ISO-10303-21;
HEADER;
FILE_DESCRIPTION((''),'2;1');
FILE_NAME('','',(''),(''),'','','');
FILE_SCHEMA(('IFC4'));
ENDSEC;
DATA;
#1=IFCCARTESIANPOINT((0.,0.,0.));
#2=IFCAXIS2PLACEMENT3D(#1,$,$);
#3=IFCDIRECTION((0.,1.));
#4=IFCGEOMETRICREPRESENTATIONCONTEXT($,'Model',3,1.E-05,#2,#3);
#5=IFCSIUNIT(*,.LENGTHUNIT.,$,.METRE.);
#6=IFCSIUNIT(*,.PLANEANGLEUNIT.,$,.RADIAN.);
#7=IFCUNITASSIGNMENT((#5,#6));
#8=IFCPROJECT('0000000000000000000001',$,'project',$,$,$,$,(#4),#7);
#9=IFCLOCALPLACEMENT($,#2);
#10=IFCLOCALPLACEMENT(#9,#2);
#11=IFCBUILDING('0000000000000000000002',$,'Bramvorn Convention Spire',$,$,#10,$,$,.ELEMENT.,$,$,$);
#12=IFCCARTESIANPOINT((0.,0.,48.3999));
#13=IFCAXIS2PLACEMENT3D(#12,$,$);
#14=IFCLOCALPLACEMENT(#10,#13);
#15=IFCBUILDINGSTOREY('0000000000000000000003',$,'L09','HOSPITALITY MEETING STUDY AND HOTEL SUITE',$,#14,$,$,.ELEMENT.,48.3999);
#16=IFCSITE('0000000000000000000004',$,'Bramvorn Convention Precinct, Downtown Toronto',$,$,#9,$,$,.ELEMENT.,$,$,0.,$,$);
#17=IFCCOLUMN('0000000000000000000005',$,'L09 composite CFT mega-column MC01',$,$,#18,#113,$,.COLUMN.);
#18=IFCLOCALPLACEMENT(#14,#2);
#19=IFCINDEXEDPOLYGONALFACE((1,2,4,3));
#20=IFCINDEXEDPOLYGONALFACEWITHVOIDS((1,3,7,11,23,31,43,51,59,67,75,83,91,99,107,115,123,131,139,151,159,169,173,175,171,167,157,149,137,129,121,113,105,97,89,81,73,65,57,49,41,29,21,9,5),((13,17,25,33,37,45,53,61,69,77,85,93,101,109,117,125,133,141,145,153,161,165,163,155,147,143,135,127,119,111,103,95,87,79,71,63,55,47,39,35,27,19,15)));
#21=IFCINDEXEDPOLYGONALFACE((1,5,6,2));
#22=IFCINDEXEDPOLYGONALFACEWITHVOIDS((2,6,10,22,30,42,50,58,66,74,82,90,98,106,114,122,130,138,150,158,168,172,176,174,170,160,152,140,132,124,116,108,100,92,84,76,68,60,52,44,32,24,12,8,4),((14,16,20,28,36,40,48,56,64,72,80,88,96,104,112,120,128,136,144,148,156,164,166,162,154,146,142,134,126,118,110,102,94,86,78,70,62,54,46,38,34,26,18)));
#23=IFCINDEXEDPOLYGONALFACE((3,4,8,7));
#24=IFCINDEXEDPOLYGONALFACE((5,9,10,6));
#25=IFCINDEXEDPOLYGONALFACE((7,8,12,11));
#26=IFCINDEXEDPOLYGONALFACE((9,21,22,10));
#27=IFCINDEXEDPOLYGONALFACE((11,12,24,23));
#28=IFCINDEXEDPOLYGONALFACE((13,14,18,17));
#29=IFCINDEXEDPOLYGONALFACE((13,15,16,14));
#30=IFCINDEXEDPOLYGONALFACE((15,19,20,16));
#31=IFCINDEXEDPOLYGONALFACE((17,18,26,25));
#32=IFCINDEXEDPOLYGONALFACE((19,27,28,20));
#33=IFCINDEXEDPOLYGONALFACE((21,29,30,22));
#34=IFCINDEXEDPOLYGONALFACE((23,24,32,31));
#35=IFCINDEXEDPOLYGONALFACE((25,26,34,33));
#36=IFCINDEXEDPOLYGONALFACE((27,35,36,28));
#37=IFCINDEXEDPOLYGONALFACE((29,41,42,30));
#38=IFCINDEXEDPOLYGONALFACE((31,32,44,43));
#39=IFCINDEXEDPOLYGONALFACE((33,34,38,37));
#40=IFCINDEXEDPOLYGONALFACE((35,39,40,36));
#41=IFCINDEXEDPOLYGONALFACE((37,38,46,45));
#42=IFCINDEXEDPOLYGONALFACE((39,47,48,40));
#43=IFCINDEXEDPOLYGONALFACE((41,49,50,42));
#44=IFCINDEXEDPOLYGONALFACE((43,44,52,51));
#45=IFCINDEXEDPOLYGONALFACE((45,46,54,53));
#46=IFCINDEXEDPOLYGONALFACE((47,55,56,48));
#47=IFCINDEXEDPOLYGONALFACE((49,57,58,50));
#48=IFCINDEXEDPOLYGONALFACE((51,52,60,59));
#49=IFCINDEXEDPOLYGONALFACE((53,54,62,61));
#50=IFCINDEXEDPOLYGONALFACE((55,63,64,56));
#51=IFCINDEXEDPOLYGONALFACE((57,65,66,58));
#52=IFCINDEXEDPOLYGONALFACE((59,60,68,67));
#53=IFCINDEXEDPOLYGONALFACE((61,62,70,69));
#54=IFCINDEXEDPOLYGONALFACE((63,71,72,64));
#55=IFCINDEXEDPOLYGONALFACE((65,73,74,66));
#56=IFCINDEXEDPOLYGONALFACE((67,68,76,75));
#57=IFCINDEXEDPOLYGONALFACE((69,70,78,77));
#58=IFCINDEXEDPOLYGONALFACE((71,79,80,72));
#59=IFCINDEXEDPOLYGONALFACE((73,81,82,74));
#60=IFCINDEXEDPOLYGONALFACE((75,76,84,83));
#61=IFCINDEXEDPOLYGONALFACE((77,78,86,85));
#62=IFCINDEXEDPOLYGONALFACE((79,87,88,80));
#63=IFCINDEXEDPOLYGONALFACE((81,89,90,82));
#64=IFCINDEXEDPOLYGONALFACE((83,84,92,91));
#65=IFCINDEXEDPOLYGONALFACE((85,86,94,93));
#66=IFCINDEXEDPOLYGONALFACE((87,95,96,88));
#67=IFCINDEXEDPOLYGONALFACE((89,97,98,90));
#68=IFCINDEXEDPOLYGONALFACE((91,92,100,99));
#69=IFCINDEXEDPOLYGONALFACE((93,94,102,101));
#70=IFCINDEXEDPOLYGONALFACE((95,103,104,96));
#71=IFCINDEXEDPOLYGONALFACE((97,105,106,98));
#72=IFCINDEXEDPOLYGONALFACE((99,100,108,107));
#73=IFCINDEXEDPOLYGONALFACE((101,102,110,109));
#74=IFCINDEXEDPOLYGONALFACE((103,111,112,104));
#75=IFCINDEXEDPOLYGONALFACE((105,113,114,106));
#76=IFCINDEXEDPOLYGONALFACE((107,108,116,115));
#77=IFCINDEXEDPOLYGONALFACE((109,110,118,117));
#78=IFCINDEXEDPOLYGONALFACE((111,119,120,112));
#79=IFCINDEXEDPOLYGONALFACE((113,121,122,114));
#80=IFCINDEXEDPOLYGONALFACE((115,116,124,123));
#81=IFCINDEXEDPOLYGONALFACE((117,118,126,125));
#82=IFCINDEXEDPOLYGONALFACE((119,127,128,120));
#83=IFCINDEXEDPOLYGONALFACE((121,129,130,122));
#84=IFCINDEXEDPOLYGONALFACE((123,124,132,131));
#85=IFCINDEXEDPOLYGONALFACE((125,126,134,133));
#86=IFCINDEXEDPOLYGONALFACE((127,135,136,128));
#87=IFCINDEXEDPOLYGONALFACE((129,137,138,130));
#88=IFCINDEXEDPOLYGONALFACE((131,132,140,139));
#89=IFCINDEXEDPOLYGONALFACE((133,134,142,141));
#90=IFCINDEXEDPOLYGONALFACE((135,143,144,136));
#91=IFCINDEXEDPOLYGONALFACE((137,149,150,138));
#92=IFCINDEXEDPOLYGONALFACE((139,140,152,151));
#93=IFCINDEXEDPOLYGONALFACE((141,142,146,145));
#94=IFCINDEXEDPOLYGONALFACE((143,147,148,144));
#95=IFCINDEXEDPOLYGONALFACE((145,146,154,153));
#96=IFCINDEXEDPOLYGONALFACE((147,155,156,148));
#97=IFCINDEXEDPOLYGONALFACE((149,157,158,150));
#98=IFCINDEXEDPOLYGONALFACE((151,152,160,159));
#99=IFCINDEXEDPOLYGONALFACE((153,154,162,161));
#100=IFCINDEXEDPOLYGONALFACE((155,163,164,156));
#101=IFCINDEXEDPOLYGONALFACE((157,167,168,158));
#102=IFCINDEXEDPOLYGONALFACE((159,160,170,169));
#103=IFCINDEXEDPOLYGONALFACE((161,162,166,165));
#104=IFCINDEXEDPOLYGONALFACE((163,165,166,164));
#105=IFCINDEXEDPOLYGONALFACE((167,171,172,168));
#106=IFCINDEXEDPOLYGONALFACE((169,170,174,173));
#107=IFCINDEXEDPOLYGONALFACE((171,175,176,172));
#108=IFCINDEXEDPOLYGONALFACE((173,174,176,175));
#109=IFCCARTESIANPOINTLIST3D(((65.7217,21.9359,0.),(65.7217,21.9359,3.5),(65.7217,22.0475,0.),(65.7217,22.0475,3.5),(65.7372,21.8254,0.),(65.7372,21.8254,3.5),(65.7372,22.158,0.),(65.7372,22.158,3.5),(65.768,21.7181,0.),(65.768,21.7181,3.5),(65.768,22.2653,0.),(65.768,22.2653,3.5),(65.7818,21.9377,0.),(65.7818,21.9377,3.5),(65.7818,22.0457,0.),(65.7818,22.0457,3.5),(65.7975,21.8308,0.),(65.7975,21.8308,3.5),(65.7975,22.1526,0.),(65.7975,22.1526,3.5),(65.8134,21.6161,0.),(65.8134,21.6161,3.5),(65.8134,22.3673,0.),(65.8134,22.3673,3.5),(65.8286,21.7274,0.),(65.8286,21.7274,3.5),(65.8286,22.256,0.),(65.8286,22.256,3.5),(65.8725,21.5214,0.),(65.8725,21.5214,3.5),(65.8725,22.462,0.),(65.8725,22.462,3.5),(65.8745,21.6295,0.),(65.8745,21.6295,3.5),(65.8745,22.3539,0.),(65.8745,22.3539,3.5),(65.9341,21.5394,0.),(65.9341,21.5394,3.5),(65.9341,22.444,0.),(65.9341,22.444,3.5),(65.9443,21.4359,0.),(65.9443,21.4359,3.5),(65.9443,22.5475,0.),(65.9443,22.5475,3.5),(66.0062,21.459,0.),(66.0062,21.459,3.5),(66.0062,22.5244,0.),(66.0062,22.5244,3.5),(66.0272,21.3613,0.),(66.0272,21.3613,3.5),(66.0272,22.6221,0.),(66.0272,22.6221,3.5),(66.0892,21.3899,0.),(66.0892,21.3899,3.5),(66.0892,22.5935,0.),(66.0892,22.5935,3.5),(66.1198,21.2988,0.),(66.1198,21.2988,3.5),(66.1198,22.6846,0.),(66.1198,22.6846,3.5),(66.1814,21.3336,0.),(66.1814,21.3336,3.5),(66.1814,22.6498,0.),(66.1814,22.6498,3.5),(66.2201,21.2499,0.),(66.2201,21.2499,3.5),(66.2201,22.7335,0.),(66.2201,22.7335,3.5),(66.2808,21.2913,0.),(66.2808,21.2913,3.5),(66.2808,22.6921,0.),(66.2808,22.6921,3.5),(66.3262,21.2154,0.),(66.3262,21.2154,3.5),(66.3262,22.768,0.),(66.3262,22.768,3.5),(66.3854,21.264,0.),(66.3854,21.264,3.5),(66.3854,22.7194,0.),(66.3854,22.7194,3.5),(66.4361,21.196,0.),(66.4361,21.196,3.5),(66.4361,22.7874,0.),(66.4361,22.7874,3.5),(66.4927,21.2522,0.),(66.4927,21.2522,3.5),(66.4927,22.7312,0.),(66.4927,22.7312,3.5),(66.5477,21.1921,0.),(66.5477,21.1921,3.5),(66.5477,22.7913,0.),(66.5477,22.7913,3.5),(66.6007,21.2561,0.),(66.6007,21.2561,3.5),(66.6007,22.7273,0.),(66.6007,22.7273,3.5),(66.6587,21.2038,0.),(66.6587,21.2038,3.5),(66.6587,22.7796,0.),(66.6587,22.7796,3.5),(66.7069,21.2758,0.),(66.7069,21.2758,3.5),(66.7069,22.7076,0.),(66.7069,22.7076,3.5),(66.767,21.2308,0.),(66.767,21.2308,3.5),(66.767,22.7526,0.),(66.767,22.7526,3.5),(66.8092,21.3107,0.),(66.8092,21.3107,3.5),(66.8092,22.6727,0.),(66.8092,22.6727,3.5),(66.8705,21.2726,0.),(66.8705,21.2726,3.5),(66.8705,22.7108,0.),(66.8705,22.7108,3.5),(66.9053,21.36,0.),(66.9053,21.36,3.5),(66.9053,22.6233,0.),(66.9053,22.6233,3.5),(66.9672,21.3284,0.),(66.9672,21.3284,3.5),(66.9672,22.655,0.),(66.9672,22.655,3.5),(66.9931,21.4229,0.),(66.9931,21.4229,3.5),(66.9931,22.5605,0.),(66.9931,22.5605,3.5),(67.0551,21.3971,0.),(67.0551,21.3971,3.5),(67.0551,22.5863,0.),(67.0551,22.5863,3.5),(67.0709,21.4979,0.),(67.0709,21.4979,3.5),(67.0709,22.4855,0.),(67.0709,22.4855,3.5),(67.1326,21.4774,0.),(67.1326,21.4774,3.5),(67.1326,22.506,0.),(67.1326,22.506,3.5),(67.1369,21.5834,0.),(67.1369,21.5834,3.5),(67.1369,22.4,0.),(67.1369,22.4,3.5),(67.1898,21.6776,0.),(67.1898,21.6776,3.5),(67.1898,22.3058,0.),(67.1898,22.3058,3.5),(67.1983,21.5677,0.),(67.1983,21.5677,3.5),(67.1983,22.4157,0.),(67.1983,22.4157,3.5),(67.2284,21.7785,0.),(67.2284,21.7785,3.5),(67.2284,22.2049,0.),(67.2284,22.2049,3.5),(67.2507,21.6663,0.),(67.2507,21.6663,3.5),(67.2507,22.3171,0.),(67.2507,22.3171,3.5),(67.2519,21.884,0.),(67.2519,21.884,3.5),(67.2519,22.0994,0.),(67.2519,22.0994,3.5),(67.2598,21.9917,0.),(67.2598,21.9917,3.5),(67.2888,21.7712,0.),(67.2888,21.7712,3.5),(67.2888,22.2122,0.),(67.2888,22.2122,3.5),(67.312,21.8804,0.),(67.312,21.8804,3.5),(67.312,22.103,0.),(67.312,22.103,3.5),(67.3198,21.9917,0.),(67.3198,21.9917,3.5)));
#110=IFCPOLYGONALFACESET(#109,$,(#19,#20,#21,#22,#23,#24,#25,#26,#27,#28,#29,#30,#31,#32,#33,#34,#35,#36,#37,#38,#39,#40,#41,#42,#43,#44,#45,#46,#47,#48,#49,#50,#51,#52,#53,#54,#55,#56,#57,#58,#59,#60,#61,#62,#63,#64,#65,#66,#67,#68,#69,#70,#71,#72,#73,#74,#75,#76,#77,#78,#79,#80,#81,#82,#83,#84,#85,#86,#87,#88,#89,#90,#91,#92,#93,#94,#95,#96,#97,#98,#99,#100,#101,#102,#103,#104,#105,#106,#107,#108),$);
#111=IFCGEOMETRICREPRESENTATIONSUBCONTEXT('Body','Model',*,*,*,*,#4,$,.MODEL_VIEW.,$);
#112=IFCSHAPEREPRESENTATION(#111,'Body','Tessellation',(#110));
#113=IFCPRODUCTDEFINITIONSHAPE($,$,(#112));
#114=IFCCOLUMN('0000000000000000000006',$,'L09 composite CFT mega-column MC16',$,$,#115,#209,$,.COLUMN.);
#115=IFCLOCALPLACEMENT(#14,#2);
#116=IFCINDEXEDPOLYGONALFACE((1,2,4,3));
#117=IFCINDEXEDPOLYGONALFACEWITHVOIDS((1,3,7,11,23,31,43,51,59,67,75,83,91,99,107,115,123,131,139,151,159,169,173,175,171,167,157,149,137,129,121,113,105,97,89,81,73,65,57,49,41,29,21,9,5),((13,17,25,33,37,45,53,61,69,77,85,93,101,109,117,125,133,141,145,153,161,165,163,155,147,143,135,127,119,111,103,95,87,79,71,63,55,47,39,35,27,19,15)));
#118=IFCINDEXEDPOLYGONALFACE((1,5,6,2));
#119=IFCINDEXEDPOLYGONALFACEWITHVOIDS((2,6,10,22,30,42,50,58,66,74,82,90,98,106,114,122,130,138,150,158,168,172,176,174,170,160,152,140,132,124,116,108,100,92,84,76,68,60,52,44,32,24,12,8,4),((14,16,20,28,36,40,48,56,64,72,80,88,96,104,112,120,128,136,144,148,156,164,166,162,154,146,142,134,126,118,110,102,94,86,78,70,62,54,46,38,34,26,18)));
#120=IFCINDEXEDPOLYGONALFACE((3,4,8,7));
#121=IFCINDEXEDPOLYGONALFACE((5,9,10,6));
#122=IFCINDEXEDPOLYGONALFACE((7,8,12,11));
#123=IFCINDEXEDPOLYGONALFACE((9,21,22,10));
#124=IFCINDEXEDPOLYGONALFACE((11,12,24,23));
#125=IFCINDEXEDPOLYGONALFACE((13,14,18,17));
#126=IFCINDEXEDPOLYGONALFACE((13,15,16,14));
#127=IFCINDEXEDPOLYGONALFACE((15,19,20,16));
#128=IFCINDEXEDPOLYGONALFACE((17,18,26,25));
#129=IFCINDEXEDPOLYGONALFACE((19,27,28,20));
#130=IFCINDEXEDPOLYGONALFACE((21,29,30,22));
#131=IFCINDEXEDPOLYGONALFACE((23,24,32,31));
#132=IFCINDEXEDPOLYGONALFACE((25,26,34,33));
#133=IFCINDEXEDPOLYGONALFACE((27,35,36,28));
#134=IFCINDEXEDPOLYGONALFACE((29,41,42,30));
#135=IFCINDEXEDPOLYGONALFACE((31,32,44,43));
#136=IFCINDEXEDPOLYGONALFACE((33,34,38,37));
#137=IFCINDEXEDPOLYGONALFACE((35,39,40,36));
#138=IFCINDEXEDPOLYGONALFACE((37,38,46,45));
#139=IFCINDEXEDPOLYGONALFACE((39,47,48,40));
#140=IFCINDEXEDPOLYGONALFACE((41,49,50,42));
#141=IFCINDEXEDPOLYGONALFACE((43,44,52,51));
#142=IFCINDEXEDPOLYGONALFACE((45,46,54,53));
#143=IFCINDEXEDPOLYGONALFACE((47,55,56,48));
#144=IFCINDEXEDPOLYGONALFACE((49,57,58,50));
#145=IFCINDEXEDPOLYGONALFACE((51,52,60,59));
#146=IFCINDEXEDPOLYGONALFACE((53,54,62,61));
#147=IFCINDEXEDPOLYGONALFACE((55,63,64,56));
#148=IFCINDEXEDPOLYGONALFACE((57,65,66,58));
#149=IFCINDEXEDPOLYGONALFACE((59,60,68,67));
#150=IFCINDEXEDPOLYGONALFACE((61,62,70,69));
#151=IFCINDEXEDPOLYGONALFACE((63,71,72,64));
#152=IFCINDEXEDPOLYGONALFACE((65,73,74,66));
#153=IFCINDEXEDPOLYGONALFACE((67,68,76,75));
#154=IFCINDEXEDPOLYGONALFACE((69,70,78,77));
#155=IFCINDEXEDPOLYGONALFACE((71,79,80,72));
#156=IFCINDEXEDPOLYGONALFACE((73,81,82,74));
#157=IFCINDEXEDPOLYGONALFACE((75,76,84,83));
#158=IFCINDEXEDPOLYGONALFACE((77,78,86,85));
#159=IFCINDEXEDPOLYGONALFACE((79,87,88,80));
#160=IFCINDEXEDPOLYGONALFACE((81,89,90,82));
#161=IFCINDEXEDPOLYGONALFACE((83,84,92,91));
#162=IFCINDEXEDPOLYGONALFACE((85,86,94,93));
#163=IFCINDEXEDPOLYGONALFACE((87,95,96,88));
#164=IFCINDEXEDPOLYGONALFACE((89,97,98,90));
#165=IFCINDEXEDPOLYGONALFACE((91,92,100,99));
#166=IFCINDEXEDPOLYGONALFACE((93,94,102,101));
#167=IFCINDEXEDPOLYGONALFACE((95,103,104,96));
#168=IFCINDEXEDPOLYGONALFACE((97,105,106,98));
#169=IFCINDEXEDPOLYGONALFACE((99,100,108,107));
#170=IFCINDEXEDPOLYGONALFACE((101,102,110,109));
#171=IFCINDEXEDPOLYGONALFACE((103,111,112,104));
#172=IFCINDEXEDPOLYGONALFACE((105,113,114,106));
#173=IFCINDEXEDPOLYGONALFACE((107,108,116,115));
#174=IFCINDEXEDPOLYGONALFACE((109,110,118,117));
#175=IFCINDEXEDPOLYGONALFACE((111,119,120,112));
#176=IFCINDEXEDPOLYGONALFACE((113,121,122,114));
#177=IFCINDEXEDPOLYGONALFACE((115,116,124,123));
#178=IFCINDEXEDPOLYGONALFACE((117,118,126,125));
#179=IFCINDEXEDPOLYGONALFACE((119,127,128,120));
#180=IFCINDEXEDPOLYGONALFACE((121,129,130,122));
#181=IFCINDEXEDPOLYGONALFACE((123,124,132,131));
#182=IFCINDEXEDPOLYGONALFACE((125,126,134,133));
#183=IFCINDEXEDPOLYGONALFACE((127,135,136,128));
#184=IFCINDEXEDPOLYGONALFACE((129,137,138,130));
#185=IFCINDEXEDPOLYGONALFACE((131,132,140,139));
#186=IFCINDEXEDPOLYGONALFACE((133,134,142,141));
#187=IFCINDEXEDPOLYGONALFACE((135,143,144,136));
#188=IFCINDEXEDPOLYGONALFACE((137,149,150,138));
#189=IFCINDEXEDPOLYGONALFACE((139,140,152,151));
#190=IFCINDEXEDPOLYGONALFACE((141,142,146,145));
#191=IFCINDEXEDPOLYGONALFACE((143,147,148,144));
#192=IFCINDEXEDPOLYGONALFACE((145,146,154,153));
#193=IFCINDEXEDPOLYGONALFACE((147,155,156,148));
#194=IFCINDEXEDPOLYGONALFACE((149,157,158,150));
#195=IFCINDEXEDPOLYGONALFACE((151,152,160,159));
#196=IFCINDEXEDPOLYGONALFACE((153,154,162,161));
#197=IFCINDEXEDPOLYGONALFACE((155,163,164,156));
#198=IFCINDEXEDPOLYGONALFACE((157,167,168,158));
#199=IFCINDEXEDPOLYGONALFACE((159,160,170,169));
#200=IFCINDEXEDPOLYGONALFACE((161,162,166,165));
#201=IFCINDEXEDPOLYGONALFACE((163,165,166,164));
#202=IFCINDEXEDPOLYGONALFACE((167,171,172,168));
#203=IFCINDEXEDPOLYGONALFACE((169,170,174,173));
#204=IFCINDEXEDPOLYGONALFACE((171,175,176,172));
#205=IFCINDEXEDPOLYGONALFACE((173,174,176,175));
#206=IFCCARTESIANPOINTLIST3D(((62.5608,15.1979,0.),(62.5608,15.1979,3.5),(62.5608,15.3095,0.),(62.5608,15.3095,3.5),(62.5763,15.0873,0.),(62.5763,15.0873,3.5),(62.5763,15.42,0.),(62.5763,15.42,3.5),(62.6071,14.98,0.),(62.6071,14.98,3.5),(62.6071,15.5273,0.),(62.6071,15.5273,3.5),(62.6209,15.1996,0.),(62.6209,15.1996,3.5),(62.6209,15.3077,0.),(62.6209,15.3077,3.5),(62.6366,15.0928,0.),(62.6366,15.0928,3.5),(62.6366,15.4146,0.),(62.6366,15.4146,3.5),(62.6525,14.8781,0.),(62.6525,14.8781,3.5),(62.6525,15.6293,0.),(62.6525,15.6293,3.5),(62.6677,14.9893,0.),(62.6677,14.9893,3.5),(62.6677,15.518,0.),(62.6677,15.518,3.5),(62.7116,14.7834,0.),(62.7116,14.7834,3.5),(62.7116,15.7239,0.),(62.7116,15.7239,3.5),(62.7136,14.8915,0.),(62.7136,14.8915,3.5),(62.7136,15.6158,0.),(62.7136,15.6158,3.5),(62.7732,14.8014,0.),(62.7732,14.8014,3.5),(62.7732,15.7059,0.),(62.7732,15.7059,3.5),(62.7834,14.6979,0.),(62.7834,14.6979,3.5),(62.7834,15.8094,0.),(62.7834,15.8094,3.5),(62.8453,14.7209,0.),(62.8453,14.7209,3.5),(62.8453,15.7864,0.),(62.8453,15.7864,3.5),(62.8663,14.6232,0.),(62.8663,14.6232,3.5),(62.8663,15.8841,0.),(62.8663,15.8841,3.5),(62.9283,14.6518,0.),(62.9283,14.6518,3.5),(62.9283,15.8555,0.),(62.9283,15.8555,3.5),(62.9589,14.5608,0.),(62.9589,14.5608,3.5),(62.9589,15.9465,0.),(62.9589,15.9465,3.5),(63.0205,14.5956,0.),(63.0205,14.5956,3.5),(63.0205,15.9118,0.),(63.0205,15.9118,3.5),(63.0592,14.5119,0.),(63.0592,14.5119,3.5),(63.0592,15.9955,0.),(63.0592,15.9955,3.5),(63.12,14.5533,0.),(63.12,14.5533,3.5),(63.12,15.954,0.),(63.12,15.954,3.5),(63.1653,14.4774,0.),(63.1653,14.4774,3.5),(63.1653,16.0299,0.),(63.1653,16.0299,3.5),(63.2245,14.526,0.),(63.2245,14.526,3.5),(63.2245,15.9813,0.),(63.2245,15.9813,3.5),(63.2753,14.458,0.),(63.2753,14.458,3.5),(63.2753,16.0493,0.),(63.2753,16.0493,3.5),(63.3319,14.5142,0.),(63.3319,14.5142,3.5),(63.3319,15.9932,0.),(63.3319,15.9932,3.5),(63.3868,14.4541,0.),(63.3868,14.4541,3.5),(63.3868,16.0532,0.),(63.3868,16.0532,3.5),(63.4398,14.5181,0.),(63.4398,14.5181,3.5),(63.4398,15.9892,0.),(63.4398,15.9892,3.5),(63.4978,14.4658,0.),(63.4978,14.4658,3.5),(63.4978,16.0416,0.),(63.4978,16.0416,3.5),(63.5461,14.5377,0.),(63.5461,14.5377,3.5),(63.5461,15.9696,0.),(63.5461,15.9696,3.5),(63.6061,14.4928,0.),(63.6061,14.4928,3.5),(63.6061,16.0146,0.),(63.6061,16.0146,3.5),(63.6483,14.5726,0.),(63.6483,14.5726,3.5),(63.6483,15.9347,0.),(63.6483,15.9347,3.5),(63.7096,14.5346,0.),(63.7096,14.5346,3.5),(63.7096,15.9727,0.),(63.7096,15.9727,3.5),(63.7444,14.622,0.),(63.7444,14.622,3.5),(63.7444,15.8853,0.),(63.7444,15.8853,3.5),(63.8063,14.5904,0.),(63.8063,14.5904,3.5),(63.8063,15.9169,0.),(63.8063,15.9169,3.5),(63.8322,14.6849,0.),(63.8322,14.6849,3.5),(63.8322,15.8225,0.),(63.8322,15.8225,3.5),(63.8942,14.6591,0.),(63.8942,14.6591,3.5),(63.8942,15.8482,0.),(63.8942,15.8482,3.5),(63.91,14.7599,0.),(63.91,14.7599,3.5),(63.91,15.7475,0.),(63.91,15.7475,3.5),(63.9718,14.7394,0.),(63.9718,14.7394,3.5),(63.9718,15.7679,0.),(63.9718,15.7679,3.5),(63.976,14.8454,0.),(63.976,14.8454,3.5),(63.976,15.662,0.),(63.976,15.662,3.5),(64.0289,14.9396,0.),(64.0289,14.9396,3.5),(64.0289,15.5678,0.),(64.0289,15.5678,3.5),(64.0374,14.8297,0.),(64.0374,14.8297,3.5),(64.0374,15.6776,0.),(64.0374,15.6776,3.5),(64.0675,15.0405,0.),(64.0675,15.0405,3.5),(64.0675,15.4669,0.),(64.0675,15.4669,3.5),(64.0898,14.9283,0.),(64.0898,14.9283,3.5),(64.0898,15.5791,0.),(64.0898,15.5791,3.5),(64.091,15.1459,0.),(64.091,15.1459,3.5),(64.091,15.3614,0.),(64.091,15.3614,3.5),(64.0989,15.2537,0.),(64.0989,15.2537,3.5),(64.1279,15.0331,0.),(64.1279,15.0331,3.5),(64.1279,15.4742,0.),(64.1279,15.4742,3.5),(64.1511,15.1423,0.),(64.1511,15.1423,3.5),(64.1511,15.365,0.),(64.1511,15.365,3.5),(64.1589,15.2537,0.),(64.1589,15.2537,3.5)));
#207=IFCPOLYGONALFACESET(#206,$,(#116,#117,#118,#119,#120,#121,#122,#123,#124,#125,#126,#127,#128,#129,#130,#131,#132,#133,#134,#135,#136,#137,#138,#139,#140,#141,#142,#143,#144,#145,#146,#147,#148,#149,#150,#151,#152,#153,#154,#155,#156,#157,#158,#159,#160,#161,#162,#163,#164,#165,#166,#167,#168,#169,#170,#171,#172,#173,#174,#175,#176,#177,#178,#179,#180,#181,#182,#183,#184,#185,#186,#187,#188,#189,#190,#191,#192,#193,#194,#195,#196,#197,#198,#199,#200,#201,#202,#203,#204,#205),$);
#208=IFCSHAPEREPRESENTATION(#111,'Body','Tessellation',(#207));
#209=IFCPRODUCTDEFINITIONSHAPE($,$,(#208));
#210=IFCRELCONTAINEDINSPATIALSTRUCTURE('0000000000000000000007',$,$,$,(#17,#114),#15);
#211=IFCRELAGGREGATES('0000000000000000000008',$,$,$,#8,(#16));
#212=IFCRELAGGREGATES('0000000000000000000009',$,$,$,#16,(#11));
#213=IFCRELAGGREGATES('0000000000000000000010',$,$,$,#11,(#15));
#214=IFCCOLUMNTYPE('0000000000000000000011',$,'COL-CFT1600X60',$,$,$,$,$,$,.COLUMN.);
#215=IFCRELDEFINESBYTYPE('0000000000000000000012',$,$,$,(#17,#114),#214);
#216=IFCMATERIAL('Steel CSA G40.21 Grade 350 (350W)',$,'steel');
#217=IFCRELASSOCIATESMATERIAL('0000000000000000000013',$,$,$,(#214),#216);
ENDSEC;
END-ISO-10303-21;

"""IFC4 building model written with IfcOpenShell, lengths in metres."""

from ifc_helpers import new_model, si_unit, direction, frame, origin, origin_2d, place, context, subcontext, project, spatial, hollow_circle, extrude, material, material_profile, profile_set, type_object, element, save


model = new_model("IFC4")

# Units and contexts
model_context = context("Model", 3, precision=1e-05, world=origin(), true_north=direction((0.0, 1.0)))
body_context = subcontext(model_context, "Body", "Model", "MODEL_VIEW")
ifc_project = project(units=[si_unit("LENGTHUNIT", "METRE"), si_unit("PLANEANGLEUNIT", "RADIAN")], contexts=[model_context])

# Site, building, storey
site_placement = place(None, origin())
site = spatial("IfcSite", under=ifc_project, at=site_placement, Name="Bramvorn Convention Precinct, Downtown Toronto", CompositionType="ELEMENT", RefElevation=0.0)
building_placement = place(site_placement, origin())
building = spatial("IfcBuilding", under=site, at=building_placement, Name="Bramvorn Convention Spire", CompositionType="ELEMENT")
storey_placement = place(building_placement, frame((0.0, 0.0, 48.3999)))
storey = spatial("IfcBuildingStorey", under=building, at=storey_placement, Name="L09", Description="HOSPITALITY MEETING STUDY AND HOTEL SUITE", CompositionType="ELEMENT", Elevation=48.3999)

# Columns
ifc_material_1 = material(Name="Steel CSA G40.21 Grade 350 (350W)", Category="steel")
ifc_material_profile_1 = material_profile(ifc_material_1, hollow_circle(Radius=0.8, WallThickness=0.0601, at=origin_2d()))
ifc_profile_set_1 = profile_set([ifc_material_profile_1], Name="Steel CSA G40.21 Grade 350 (350W) - CFT1600X60")
column_type = type_object("IfcColumnType", Name="COL-CFT1600X60", PredefinedType="COLUMN", material=ifc_profile_set_1)
for number, where, z_axis, x_axis, name in (
    (1, (66.5198, 21.9917, 0.0), (0.0, 0.0, 1.0), (1.0, 0.0, 0.0), "L09 composite CFT mega-column MC01"),
    (2, (63.3589, 15.2537, 0.0), (0.0, 0.0, 1.0), (1.0, 0.0, 0.0), "L09 composite CFT mega-column MC16"),
):
    element("IfcColumn", number, at=place(storey_placement, frame(where, z_axis=z_axis, x_axis=x_axis)), inside=storey, type_object=column_type, Name=name, PredefinedType="COLUMN", context=body_context, shape_type="SweptSolid", body=[
        extrude(hollow_circle(Radius=0.8, WallThickness=0.0601, at=origin_2d()), origin(), (0.0, 0.0, 1.0), 3.5),
    ])

save(model, "model.ifc")
